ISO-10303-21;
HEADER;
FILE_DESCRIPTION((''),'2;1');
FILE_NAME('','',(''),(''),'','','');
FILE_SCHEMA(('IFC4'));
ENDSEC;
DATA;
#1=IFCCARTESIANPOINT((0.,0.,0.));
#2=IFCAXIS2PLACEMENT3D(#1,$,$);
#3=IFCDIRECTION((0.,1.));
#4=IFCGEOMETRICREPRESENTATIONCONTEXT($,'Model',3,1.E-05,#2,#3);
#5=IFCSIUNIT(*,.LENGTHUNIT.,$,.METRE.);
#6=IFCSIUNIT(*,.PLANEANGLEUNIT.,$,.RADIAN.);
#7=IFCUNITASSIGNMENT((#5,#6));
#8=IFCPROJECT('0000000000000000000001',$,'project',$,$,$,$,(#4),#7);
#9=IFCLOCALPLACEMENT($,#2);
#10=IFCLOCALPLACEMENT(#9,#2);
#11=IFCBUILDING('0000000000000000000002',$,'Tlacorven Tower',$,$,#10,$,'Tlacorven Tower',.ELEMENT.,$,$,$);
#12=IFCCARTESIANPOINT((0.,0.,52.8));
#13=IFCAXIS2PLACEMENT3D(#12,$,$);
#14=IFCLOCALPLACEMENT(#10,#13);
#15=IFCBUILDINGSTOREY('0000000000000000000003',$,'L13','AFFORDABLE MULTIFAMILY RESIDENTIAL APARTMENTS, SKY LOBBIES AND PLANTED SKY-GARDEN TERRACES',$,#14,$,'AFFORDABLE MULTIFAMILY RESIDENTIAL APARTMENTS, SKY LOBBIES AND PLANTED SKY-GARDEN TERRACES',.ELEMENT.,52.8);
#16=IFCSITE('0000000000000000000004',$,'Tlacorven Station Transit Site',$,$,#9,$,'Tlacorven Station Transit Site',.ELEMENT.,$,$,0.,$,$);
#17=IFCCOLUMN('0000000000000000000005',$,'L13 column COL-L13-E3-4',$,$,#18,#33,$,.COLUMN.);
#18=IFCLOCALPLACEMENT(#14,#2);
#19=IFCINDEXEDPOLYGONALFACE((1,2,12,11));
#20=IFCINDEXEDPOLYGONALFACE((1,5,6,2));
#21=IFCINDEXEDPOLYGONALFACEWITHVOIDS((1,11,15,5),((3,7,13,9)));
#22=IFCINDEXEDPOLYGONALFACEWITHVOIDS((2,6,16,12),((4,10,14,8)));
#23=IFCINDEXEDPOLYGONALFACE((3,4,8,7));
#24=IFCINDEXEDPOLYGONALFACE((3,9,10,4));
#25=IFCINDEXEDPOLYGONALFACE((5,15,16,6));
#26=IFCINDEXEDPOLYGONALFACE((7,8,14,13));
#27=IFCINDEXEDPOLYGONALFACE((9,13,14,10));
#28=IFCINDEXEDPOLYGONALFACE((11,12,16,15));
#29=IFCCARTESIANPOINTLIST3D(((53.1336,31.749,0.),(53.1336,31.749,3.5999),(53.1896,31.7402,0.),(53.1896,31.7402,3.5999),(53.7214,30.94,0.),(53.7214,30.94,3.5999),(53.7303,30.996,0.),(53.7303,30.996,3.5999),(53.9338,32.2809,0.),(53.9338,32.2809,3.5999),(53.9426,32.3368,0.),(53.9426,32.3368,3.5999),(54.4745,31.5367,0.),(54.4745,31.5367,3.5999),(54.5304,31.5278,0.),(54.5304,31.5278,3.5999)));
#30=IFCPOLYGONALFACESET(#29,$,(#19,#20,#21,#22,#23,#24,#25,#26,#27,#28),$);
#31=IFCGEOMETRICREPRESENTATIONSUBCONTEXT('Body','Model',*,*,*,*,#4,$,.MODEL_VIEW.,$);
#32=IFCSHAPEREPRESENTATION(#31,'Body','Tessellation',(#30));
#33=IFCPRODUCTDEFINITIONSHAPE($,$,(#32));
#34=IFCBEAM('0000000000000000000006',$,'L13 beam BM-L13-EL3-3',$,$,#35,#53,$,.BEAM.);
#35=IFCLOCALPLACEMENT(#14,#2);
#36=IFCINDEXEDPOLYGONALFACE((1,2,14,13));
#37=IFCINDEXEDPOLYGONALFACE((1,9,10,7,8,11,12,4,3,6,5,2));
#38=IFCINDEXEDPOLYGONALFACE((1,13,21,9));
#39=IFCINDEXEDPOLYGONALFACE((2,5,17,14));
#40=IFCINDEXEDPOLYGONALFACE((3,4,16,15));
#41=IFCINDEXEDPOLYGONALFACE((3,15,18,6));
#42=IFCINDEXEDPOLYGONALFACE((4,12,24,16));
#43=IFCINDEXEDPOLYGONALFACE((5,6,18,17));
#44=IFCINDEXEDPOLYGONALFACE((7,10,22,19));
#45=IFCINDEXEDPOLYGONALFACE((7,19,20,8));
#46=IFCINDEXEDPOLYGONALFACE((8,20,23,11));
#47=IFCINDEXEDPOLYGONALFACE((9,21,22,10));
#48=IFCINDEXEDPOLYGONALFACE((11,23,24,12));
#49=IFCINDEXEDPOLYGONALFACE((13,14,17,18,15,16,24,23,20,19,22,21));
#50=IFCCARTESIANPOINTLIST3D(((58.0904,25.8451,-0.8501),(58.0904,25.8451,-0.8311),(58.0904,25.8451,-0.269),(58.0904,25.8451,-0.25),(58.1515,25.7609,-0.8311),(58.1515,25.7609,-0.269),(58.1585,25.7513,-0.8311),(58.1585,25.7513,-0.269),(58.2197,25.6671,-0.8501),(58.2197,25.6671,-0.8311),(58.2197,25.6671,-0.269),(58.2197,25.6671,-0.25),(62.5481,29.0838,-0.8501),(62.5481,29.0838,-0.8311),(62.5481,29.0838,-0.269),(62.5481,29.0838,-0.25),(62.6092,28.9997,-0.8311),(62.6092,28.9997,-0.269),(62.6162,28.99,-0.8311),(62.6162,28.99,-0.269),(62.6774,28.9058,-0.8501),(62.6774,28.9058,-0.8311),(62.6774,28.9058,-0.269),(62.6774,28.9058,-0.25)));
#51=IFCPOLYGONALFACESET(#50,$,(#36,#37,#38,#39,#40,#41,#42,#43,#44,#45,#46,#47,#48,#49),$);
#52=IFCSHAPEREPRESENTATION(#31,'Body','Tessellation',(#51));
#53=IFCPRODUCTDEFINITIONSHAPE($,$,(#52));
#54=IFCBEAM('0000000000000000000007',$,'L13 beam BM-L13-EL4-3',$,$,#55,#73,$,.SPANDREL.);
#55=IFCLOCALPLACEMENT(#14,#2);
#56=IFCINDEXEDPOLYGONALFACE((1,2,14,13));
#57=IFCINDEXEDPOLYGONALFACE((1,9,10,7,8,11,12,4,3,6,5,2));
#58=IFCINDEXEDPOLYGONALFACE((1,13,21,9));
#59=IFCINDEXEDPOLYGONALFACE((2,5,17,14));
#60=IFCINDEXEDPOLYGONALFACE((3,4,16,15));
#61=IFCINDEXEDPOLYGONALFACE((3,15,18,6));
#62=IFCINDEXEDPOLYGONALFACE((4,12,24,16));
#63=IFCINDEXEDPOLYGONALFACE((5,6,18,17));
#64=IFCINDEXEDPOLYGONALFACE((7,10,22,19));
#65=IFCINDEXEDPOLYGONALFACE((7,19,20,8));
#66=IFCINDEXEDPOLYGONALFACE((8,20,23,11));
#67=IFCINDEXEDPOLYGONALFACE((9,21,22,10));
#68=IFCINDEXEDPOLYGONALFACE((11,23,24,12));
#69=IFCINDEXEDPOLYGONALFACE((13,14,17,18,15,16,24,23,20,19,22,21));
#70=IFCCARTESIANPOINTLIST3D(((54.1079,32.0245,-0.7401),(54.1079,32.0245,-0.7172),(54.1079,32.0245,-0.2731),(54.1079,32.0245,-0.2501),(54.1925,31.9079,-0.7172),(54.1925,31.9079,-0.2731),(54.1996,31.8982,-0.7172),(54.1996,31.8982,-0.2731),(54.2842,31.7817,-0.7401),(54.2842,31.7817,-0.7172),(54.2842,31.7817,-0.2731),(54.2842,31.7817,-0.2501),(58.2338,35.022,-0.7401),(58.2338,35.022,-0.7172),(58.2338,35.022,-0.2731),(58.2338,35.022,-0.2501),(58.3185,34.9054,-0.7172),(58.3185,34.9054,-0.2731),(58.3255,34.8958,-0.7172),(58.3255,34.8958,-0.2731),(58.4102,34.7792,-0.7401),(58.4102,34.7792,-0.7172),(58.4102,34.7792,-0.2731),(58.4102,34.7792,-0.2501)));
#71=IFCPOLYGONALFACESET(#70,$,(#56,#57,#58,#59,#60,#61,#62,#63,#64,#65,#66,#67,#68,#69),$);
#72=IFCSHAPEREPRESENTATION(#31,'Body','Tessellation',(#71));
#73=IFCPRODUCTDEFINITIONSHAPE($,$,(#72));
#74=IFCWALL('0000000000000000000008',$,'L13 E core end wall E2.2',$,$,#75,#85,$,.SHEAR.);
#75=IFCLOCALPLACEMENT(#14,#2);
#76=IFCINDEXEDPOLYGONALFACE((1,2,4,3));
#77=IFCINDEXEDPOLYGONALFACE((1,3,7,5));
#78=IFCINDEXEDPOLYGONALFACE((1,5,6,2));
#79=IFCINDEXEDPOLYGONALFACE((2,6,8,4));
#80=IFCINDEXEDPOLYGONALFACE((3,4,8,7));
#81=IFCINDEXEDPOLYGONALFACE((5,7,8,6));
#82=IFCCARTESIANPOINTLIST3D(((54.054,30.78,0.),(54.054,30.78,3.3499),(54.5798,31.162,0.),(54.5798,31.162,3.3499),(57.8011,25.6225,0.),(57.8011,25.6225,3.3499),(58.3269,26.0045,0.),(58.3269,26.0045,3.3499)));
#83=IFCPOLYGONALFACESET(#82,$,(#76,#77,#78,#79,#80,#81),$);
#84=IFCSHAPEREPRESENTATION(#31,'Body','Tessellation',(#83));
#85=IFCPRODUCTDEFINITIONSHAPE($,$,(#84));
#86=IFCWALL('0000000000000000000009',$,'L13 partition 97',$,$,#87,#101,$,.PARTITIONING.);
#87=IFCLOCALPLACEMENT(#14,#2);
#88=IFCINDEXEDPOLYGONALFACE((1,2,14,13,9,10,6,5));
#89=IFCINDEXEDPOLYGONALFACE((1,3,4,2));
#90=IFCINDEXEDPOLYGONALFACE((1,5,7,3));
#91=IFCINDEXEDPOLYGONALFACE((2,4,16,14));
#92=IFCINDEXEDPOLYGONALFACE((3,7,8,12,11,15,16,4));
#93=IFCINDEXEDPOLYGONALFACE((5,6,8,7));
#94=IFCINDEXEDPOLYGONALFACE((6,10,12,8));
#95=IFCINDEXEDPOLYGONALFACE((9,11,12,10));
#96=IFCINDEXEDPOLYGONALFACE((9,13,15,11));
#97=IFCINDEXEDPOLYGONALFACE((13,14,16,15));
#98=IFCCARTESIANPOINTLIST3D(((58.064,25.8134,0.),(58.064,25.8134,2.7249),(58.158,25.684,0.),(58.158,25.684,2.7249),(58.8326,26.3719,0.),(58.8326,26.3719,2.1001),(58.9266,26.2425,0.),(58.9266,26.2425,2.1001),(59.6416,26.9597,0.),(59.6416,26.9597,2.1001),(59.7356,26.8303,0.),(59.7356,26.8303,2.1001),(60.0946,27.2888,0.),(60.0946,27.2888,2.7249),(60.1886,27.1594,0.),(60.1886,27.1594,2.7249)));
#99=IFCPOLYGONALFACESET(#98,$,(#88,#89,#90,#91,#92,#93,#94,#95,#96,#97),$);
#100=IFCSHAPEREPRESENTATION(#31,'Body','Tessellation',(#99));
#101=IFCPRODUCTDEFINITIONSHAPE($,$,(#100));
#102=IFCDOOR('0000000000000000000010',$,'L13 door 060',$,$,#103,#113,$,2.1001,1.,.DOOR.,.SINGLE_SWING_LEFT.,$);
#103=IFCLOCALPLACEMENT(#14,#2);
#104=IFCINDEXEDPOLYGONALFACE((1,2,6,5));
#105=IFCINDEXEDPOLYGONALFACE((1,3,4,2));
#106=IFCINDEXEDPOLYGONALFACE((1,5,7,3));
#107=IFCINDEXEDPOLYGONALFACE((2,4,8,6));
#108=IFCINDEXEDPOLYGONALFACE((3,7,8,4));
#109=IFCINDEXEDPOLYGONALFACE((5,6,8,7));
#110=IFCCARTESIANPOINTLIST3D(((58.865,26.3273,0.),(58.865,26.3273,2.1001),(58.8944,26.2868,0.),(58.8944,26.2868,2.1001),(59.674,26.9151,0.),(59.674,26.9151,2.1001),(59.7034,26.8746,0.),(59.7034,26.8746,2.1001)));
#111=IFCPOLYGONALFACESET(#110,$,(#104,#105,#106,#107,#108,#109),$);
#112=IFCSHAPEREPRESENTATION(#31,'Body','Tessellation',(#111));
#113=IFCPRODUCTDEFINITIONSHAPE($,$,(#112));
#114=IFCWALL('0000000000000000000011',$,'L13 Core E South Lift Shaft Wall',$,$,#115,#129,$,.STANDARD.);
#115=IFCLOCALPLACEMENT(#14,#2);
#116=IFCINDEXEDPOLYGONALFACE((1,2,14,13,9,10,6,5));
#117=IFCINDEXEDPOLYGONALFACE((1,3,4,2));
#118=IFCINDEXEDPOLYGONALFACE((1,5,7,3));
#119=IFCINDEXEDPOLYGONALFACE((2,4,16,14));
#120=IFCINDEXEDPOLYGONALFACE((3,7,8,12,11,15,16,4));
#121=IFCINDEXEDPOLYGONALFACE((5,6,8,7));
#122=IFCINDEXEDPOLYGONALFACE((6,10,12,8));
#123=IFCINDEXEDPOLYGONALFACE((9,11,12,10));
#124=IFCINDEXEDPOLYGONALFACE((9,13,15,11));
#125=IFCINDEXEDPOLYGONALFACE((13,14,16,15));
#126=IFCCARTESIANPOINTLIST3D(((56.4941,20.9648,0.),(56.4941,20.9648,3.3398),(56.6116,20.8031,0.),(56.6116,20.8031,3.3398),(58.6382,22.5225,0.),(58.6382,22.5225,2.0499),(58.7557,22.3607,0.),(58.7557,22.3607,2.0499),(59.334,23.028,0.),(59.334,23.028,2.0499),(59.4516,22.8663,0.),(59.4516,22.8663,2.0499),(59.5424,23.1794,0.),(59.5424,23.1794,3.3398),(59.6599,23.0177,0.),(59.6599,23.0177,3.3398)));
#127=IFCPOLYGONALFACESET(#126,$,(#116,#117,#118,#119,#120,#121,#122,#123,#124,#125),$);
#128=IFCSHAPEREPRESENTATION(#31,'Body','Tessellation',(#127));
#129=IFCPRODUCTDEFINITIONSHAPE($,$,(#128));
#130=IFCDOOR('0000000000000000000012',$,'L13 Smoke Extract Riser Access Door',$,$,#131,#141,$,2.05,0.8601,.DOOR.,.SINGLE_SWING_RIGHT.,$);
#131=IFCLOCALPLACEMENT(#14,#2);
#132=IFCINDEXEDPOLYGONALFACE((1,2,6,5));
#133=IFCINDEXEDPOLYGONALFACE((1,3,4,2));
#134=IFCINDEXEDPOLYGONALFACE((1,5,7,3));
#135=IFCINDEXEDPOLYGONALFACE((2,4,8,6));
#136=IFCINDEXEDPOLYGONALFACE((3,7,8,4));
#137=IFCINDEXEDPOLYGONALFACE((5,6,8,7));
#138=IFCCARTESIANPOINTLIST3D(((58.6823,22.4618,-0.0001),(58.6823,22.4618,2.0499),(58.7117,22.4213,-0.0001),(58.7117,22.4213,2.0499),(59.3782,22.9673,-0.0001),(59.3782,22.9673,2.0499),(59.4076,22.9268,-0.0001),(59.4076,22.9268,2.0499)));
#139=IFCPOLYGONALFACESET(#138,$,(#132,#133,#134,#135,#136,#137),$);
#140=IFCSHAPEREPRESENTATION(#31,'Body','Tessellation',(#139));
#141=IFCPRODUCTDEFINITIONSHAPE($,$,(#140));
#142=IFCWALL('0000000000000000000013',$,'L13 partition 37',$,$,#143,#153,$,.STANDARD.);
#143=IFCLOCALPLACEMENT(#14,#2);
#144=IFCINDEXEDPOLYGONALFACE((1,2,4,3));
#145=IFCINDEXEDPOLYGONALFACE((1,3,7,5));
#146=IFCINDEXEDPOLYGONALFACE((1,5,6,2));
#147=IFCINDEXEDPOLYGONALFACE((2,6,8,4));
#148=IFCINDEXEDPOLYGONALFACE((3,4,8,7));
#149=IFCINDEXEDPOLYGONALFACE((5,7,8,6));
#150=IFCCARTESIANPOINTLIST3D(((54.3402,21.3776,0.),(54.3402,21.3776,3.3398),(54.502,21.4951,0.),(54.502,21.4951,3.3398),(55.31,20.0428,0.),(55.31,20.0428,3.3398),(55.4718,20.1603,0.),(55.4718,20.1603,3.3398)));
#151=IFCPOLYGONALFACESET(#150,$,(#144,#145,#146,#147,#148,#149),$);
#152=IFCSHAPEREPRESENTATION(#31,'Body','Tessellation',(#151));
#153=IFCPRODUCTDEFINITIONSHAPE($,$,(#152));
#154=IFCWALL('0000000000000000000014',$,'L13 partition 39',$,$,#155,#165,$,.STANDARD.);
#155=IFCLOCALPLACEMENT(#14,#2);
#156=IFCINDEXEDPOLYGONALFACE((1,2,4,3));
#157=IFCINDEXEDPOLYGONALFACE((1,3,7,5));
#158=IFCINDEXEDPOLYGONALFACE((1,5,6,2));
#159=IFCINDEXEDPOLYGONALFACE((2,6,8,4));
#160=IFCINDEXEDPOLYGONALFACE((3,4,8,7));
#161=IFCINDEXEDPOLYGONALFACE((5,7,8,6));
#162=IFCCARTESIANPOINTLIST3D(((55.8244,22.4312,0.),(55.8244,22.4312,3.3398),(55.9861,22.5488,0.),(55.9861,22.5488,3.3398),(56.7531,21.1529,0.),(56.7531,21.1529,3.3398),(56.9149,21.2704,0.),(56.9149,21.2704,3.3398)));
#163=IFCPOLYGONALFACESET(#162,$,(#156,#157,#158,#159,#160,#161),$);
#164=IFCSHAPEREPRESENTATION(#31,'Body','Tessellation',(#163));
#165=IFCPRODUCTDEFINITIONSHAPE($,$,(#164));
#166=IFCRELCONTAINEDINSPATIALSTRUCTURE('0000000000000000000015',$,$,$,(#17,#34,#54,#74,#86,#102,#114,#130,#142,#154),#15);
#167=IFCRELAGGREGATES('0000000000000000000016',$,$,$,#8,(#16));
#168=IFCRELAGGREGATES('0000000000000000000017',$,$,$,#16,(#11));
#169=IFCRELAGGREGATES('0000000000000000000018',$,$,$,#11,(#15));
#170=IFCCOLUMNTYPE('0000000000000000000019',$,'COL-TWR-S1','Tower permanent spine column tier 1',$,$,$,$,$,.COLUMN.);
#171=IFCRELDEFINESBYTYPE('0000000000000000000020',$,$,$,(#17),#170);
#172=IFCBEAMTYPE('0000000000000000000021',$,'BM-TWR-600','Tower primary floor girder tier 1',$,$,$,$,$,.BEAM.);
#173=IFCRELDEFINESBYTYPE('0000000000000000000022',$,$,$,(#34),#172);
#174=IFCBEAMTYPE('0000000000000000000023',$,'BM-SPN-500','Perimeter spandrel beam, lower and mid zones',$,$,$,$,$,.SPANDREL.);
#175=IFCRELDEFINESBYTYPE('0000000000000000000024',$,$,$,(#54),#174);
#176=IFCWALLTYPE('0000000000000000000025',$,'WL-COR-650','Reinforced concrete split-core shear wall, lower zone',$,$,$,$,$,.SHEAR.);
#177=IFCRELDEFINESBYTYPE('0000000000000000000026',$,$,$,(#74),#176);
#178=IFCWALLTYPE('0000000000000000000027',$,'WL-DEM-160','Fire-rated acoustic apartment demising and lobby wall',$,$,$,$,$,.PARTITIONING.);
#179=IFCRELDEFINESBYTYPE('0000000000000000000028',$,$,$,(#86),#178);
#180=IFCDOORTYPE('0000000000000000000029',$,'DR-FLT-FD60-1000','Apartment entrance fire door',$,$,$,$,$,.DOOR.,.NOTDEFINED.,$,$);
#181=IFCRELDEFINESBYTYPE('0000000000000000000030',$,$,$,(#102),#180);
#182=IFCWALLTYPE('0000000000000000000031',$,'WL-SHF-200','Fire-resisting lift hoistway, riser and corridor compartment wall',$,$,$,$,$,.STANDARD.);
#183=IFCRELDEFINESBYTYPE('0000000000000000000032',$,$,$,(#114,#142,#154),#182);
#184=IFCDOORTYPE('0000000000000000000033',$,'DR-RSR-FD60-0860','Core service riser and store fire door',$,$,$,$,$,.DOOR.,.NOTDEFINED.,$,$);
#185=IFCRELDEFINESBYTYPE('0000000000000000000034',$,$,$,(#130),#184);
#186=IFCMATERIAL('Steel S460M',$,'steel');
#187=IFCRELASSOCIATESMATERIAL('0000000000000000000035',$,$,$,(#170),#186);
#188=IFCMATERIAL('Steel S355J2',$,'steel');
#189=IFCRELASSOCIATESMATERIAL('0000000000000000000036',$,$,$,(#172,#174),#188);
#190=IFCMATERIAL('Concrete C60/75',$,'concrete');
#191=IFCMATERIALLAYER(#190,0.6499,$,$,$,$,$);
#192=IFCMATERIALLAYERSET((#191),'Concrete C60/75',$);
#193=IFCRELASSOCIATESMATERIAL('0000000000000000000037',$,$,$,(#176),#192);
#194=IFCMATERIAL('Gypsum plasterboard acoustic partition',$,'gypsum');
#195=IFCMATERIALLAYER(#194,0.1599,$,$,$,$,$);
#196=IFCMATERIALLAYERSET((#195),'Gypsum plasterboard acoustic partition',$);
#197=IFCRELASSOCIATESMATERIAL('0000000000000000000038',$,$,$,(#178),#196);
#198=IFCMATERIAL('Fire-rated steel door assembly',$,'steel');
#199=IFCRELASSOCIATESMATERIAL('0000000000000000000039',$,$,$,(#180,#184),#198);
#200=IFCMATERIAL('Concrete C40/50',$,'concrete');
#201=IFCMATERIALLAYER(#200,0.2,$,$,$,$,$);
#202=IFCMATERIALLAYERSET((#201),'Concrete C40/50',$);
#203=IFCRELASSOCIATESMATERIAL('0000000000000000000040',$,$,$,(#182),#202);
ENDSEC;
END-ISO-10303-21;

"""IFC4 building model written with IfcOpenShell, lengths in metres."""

from ifc_helpers import new_model, si_unit, direction, frame, frame_2d, origin, origin_2d, place, context, subcontext, project, spatial, rectangle, hollow_rectangle, i_section, extrude, source, transform, mapped, material, layer, layer_set, material_profile, profile_set, type_object, element, fill, save


model = new_model("IFC4")

# Units and contexts
model_context = context("Model", 3, precision=1e-05, world=origin(), true_north=direction((0.0, 1.0)))
body_context = subcontext(model_context, "Body", "Model", "MODEL_VIEW")
ifc_project = project(units=[si_unit("LENGTHUNIT", "METRE"), si_unit("PLANEANGLEUNIT", "RADIAN")], contexts=[model_context])

# Site, building, storey
site_placement = place(None, origin())
site = spatial("IfcSite", under=ifc_project, at=site_placement, Name="Tlacorven Station Transit Site", LongName="Tlacorven Station Transit Site", CompositionType="ELEMENT", RefElevation=0.0)
building_placement = place(site_placement, origin())
building = spatial("IfcBuilding", under=site, at=building_placement, Name="Tlacorven Tower", LongName="Tlacorven Tower", CompositionType="ELEMENT")
storey_placement = place(building_placement, frame((0.0, 0.0, 52.8)))
storey = spatial("IfcBuildingStorey", under=building, at=storey_placement, Name="L13", Description="AFFORDABLE MULTIFAMILY RESIDENTIAL APARTMENTS, SKY LOBBIES AND PLANTED SKY-GARDEN TERRACES", LongName="AFFORDABLE MULTIFAMILY RESIDENTIAL APARTMENTS, SKY LOBBIES AND PLANTED SKY-GARDEN TERRACES", CompositionType="ELEMENT", Elevation=52.8)

# Column
ifc_material_1 = material(Name="Steel S460M", Category="steel")
ifc_material_profile_1 = material_profile(ifc_material_1, hollow_rectangle(XDim=1.0, YDim=1.0, WallThickness=0.04, at=origin_2d()), Name="BOX 1000X1000X40")
ifc_profile_set_1 = profile_set([ifc_material_profile_1], Name="Steel S460M")
column_type = type_object("IfcColumnType", Name="COL-TWR-S1", Description="Tower permanent spine column tier 1", PredefinedType="COLUMN", material=ifc_profile_set_1)
shared_shape_1 = source(origin(), body_context, "Body", "SweptSolid", [
    extrude(hollow_rectangle(XDim=1.0, YDim=1.0, WallThickness=0.04, at=origin_2d()), origin(), (0.0, 0.0, 1.0), 3.5999),
])
column_placement = place(storey_placement, frame((53.832, 31.6384, 0.0), z_axis=(0.0, 0.0, 1.0), x_axis=(0.809017, 0.587785, 0.0)))
element("IfcColumn", 1, at=column_placement, inside=storey, type_object=column_type, Name="L13 column COL-L13-E3-4", PredefinedType="COLUMN", context=body_context, shape_type="MappedRepresentation", body=[
    mapped(shared_shape_1, transform((0.0, 0.0, 0.0), scale=1.0)),
])

# Beams
ifc_material_2 = material(Name="Steel S355J2", Category="steel")
ifc_material_profile_2 = material_profile(ifc_material_2, i_section(OverallWidth=0.22, OverallDepth=0.6001, WebThickness=0.012, FlangeThickness=0.019, at=origin_2d()), Name="IPE 600")
ifc_profile_set_2 = profile_set([ifc_material_profile_2], Name="Steel S355J2")
beam_type_1 = type_object("IfcBeamType", Name="BM-TWR-600", Description="Tower primary floor girder tier 1", PredefinedType="BEAM", material=ifc_profile_set_2)
shared_shape_2 = source(origin(), body_context, "Body", "SweptSolid", [
    extrude(i_section(OverallWidth=0.22, OverallDepth=0.6001, WebThickness=0.012, FlangeThickness=0.019, at=origin_2d()), origin(), (0.0, 0.0, 1.0), 5.51),
])
beam_1_placement = place(storey_placement, frame((58.155, 25.7561, -0.55), z_axis=(0.809016, 0.587787, 0.0), x_axis=(-0.587787, 0.809016, 0.0)))
element("IfcBeam", 2, at=beam_1_placement, inside=storey, type_object=beam_type_1, Name="L13 beam BM-L13-EL3-3", PredefinedType="BEAM", context=body_context, shape_type="MappedRepresentation", body=[
    mapped(shared_shape_2, transform((0.0, 0.0, 0.0), scale=1.0)),
])
ifc_material_profile_3 = material_profile(ifc_material_2, i_section(OverallWidth=0.3, OverallDepth=0.49, WebThickness=0.012, FlangeThickness=0.0229, at=origin_2d()), Name="HEA 500")
ifc_profile_set_3 = profile_set([ifc_material_profile_3], Name="Steel S355J2")
beam_type_2 = type_object("IfcBeamType", Name="BM-SPN-500", Description="Perimeter spandrel beam, lower and mid zones", PredefinedType="SPANDREL", material=ifc_profile_set_3)
shared_shape_3 = source(origin(), body_context, "Body", "SweptSolid", [
    extrude(i_section(OverallWidth=0.3, OverallDepth=0.49, WebThickness=0.012, FlangeThickness=0.0229, at=origin_2d()), origin(), (0.0, 0.0, 1.0), 5.0999),
])
beam_2_placement = place(storey_placement, frame((54.196, 31.9031, -0.4951), z_axis=(0.80903, 0.587767, 0.0), x_axis=(-0.587767, 0.80903, 0.0)))
element("IfcBeam", 3, at=beam_2_placement, inside=storey, type_object=beam_type_2, Name="L13 beam BM-L13-EL4-3", PredefinedType="SPANDREL", context=body_context, shape_type="MappedRepresentation", body=[
    mapped(shared_shape_3, transform((0.0, 0.0, 0.0), scale=1.0)),
])

# Wall
ifc_material_3 = material(Name="Concrete C60/75", Category="concrete")
ifc_layer_1 = layer(ifc_material_3, 0.6499)
ifc_layer_set_1 = layer_set([ifc_layer_1], Name="Concrete C60/75")
wall_type_1 = type_object("IfcWallType", Name="WL-COR-650", Description="Reinforced concrete split-core shear wall, lower zone", PredefinedType="SHEAR", material=ifc_layer_set_1)
wall_1_placement = place(storey_placement, frame((58.064, 25.8135, 0.0), z_axis=(0.0, 0.0, 1.0), x_axis=(-0.58778, 0.809021, 0.0)))
element("IfcWall", 4, at=wall_1_placement, inside=storey, type_object=wall_type_1, Name="L13 E core end wall E2.2", PredefinedType="SHEAR", context=body_context, shape_type="SweptSolid", body=[
    extrude(rectangle(XDim=6.375, YDim=0.6499, at=frame_2d((3.1875, 0.0))), origin(), (0.0, 0.0, 1.0), 3.3499),
])

# Walls, openings, doors
ifc_material_4 = material(Name="Gypsum plasterboard acoustic partition", Category="gypsum")
ifc_layer_2 = layer(ifc_material_4, 0.1599)
ifc_layer_set_2 = layer_set([ifc_layer_2], Name="Gypsum plasterboard acoustic partition")
wall_type_2 = type_object("IfcWallType", Name="WL-DEM-160", Description="Fire-rated acoustic apartment demising and lobby wall", PredefinedType="PARTITIONING", material=ifc_layer_set_2)
wall_2_placement = place(storey_placement, frame((58.1111, 25.7488, 0.0), z_axis=(0.0, 0.0, 1.0), x_axis=(0.809001, 0.587807, 0.0)))
wall_2 = element("IfcWall", 5, at=wall_2_placement, inside=storey, type_object=wall_type_2, Name="L13 partition 97", PredefinedType="PARTITIONING", context=body_context, shape_type="SweptSolid", body=[
    extrude(rectangle(XDim=2.51, YDim=0.1599, at=frame_2d((1.2549, 0.0))), origin(), (0.0, 0.0, 1.0), 2.7249),
])
opening_1_placement = place(wall_2_placement, frame((0.95, 0.0, 0.0)))
opening_1 = element("IfcOpeningElement", 6, at=opening_1_placement, cuts=wall_2, PredefinedType="OPENING", context=body_context, shape_type="SweptSolid", body=[
    extrude(rectangle(XDim=1.0, YDim=2.1001, at=frame_2d((0.5, 1.05))), frame((0.0, 0.0898, 0.0), z_axis=(0.0, -1.0, 0.0), x_axis=(1.0, 0.0, 0.0)), (0.0, 0.0, 1.0), 0.1799),
])
ifc_material_5 = material(Name="Fire-rated steel door assembly", Category="steel")
door_type_1 = type_object("IfcDoorType", Name="DR-FLT-FD60-1000", Description="Apartment entrance fire door", OperationType="NOTDEFINED", PredefinedType="DOOR", material=ifc_material_5)
shared_shape_4 = source(origin(), body_context, "Body", "SweptSolid", [
    extrude(rectangle(XDim=1.0, YDim=2.1001, at=frame_2d((0.5, 1.05))), frame((0.0, 0.0249, 0.0), z_axis=(0.0, -1.0, 0.0), x_axis=(1.0, 0.0, 0.0)), (0.0, 0.0, 1.0), 0.05),
])
door_1_placement = place(opening_1_placement, origin())
door_1 = element("IfcDoor", 7, at=door_1_placement, inside=storey, type_object=door_type_1, Name="L13 door 060", OperationType="SINGLE_SWING_LEFT", OverallHeight=2.1001, OverallWidth=1.0, PredefinedType="DOOR", context=body_context, shape_type="MappedRepresentation", body=[
    mapped(shared_shape_4, transform((0.0, 0.0, 0.0), scale=1.0)),
])
fill(opening_1, door_1)
ifc_material_6 = material(Name="Concrete C40/50", Category="concrete")
ifc_layer_3 = layer(ifc_material_6, 0.2)
ifc_layer_set_3 = layer_set([ifc_layer_3], Name="Concrete C40/50")
wall_type_3 = type_object("IfcWallType", Name="WL-SHF-200", Description="Fire-resisting lift hoistway, riser and corridor compartment wall", PredefinedType="STANDARD", material=ifc_layer_set_3)
wall_3_placement = place(storey_placement, frame((56.553, 20.884, 0.0), z_axis=(0.0, 0.0, 1.0), x_axis=(0.809036, 0.587759, 0.0)))
wall_3 = element("IfcWall", 8, at=wall_3_placement, inside=storey, type_object=wall_type_3, Name="L13 Core E South Lift Shaft Wall", PredefinedType="STANDARD", context=body_context, shape_type="SweptSolid", body=[
    extrude(rectangle(XDim=3.7678, YDim=0.2, at=frame_2d((1.8838, 0.0))), origin(), (0.0, 0.0, 1.0), 3.3398),
])
opening_2_placement = place(wall_3_placement, frame((2.6499, 0.0, 0.0)))
opening_2 = element("IfcOpeningElement", 9, at=opening_2_placement, cuts=wall_3, PredefinedType="OPENING", context=body_context, shape_type="SweptSolid", body=[
    extrude(rectangle(XDim=0.8601, YDim=2.05, at=frame_2d((0.4302, 1.0249))), frame((0.0, 0.1099, 0.0), z_axis=(0.0, -1.0, 0.0), x_axis=(1.0, 0.0, 0.0)), (0.0, 0.0, 1.0), 0.22),
])
door_type_2 = type_object("IfcDoorType", Name="DR-RSR-FD60-0860", Description="Core service riser and store fire door", OperationType="NOTDEFINED", PredefinedType="DOOR", material=ifc_material_5)
shared_shape_5 = source(origin(), body_context, "Body", "SweptSolid", [
    extrude(rectangle(XDim=0.8601, YDim=2.05, at=frame_2d((0.4302, 1.0249))), frame((0.0, 0.0249, 0.0), z_axis=(0.0, -1.0, 0.0), x_axis=(1.0, 0.0, 0.0)), (0.0, 0.0, 1.0), 0.05),
])
door_2_placement = place(opening_2_placement, origin())
door_2 = element("IfcDoor", 10, at=door_2_placement, inside=storey, type_object=door_type_2, Name="L13 Smoke Extract Riser Access Door", OperationType="SINGLE_SWING_RIGHT", OverallHeight=2.05, OverallWidth=0.8601, PredefinedType="DOOR", context=body_context, shape_type="MappedRepresentation", body=[
    mapped(shared_shape_5, transform((0.0, 0.0, 0.0), scale=1.0)),
])
fill(opening_2, door_2)

# Walls
wall_4_placement = place(storey_placement, frame((55.3909, 20.1016, 0.0), z_axis=(0.0, 0.0, 1.0), x_axis=(-0.587784, 0.809018, 0.0)))
element("IfcWall", 11, at=wall_4_placement, inside=storey, type_object=wall_type_3, Name="L13 partition 37", PredefinedType="STANDARD", context=body_context, shape_type="SweptSolid", body=[
    extrude(rectangle(XDim=1.6499, YDim=0.2, at=frame_2d((0.825, 0.0))), origin(), (0.0, 0.0, 1.0), 3.3398),
])
wall_5_placement = place(storey_placement, frame((56.834, 21.2117, 0.0), z_axis=(0.0, 0.0, 1.0), x_axis=(-0.587767, 0.80903, 0.0)))
element("IfcWall", 12, at=wall_5_placement, inside=storey, type_object=wall_type_3, Name="L13 partition 39", PredefinedType="STANDARD", context=body_context, shape_type="SweptSolid", body=[
    extrude(rectangle(XDim=1.5801, YDim=0.2, at=frame_2d((0.79, 0.0))), origin(), (0.0, 0.0, 1.0), 3.3398),
])

save(model, "model.ifc")
